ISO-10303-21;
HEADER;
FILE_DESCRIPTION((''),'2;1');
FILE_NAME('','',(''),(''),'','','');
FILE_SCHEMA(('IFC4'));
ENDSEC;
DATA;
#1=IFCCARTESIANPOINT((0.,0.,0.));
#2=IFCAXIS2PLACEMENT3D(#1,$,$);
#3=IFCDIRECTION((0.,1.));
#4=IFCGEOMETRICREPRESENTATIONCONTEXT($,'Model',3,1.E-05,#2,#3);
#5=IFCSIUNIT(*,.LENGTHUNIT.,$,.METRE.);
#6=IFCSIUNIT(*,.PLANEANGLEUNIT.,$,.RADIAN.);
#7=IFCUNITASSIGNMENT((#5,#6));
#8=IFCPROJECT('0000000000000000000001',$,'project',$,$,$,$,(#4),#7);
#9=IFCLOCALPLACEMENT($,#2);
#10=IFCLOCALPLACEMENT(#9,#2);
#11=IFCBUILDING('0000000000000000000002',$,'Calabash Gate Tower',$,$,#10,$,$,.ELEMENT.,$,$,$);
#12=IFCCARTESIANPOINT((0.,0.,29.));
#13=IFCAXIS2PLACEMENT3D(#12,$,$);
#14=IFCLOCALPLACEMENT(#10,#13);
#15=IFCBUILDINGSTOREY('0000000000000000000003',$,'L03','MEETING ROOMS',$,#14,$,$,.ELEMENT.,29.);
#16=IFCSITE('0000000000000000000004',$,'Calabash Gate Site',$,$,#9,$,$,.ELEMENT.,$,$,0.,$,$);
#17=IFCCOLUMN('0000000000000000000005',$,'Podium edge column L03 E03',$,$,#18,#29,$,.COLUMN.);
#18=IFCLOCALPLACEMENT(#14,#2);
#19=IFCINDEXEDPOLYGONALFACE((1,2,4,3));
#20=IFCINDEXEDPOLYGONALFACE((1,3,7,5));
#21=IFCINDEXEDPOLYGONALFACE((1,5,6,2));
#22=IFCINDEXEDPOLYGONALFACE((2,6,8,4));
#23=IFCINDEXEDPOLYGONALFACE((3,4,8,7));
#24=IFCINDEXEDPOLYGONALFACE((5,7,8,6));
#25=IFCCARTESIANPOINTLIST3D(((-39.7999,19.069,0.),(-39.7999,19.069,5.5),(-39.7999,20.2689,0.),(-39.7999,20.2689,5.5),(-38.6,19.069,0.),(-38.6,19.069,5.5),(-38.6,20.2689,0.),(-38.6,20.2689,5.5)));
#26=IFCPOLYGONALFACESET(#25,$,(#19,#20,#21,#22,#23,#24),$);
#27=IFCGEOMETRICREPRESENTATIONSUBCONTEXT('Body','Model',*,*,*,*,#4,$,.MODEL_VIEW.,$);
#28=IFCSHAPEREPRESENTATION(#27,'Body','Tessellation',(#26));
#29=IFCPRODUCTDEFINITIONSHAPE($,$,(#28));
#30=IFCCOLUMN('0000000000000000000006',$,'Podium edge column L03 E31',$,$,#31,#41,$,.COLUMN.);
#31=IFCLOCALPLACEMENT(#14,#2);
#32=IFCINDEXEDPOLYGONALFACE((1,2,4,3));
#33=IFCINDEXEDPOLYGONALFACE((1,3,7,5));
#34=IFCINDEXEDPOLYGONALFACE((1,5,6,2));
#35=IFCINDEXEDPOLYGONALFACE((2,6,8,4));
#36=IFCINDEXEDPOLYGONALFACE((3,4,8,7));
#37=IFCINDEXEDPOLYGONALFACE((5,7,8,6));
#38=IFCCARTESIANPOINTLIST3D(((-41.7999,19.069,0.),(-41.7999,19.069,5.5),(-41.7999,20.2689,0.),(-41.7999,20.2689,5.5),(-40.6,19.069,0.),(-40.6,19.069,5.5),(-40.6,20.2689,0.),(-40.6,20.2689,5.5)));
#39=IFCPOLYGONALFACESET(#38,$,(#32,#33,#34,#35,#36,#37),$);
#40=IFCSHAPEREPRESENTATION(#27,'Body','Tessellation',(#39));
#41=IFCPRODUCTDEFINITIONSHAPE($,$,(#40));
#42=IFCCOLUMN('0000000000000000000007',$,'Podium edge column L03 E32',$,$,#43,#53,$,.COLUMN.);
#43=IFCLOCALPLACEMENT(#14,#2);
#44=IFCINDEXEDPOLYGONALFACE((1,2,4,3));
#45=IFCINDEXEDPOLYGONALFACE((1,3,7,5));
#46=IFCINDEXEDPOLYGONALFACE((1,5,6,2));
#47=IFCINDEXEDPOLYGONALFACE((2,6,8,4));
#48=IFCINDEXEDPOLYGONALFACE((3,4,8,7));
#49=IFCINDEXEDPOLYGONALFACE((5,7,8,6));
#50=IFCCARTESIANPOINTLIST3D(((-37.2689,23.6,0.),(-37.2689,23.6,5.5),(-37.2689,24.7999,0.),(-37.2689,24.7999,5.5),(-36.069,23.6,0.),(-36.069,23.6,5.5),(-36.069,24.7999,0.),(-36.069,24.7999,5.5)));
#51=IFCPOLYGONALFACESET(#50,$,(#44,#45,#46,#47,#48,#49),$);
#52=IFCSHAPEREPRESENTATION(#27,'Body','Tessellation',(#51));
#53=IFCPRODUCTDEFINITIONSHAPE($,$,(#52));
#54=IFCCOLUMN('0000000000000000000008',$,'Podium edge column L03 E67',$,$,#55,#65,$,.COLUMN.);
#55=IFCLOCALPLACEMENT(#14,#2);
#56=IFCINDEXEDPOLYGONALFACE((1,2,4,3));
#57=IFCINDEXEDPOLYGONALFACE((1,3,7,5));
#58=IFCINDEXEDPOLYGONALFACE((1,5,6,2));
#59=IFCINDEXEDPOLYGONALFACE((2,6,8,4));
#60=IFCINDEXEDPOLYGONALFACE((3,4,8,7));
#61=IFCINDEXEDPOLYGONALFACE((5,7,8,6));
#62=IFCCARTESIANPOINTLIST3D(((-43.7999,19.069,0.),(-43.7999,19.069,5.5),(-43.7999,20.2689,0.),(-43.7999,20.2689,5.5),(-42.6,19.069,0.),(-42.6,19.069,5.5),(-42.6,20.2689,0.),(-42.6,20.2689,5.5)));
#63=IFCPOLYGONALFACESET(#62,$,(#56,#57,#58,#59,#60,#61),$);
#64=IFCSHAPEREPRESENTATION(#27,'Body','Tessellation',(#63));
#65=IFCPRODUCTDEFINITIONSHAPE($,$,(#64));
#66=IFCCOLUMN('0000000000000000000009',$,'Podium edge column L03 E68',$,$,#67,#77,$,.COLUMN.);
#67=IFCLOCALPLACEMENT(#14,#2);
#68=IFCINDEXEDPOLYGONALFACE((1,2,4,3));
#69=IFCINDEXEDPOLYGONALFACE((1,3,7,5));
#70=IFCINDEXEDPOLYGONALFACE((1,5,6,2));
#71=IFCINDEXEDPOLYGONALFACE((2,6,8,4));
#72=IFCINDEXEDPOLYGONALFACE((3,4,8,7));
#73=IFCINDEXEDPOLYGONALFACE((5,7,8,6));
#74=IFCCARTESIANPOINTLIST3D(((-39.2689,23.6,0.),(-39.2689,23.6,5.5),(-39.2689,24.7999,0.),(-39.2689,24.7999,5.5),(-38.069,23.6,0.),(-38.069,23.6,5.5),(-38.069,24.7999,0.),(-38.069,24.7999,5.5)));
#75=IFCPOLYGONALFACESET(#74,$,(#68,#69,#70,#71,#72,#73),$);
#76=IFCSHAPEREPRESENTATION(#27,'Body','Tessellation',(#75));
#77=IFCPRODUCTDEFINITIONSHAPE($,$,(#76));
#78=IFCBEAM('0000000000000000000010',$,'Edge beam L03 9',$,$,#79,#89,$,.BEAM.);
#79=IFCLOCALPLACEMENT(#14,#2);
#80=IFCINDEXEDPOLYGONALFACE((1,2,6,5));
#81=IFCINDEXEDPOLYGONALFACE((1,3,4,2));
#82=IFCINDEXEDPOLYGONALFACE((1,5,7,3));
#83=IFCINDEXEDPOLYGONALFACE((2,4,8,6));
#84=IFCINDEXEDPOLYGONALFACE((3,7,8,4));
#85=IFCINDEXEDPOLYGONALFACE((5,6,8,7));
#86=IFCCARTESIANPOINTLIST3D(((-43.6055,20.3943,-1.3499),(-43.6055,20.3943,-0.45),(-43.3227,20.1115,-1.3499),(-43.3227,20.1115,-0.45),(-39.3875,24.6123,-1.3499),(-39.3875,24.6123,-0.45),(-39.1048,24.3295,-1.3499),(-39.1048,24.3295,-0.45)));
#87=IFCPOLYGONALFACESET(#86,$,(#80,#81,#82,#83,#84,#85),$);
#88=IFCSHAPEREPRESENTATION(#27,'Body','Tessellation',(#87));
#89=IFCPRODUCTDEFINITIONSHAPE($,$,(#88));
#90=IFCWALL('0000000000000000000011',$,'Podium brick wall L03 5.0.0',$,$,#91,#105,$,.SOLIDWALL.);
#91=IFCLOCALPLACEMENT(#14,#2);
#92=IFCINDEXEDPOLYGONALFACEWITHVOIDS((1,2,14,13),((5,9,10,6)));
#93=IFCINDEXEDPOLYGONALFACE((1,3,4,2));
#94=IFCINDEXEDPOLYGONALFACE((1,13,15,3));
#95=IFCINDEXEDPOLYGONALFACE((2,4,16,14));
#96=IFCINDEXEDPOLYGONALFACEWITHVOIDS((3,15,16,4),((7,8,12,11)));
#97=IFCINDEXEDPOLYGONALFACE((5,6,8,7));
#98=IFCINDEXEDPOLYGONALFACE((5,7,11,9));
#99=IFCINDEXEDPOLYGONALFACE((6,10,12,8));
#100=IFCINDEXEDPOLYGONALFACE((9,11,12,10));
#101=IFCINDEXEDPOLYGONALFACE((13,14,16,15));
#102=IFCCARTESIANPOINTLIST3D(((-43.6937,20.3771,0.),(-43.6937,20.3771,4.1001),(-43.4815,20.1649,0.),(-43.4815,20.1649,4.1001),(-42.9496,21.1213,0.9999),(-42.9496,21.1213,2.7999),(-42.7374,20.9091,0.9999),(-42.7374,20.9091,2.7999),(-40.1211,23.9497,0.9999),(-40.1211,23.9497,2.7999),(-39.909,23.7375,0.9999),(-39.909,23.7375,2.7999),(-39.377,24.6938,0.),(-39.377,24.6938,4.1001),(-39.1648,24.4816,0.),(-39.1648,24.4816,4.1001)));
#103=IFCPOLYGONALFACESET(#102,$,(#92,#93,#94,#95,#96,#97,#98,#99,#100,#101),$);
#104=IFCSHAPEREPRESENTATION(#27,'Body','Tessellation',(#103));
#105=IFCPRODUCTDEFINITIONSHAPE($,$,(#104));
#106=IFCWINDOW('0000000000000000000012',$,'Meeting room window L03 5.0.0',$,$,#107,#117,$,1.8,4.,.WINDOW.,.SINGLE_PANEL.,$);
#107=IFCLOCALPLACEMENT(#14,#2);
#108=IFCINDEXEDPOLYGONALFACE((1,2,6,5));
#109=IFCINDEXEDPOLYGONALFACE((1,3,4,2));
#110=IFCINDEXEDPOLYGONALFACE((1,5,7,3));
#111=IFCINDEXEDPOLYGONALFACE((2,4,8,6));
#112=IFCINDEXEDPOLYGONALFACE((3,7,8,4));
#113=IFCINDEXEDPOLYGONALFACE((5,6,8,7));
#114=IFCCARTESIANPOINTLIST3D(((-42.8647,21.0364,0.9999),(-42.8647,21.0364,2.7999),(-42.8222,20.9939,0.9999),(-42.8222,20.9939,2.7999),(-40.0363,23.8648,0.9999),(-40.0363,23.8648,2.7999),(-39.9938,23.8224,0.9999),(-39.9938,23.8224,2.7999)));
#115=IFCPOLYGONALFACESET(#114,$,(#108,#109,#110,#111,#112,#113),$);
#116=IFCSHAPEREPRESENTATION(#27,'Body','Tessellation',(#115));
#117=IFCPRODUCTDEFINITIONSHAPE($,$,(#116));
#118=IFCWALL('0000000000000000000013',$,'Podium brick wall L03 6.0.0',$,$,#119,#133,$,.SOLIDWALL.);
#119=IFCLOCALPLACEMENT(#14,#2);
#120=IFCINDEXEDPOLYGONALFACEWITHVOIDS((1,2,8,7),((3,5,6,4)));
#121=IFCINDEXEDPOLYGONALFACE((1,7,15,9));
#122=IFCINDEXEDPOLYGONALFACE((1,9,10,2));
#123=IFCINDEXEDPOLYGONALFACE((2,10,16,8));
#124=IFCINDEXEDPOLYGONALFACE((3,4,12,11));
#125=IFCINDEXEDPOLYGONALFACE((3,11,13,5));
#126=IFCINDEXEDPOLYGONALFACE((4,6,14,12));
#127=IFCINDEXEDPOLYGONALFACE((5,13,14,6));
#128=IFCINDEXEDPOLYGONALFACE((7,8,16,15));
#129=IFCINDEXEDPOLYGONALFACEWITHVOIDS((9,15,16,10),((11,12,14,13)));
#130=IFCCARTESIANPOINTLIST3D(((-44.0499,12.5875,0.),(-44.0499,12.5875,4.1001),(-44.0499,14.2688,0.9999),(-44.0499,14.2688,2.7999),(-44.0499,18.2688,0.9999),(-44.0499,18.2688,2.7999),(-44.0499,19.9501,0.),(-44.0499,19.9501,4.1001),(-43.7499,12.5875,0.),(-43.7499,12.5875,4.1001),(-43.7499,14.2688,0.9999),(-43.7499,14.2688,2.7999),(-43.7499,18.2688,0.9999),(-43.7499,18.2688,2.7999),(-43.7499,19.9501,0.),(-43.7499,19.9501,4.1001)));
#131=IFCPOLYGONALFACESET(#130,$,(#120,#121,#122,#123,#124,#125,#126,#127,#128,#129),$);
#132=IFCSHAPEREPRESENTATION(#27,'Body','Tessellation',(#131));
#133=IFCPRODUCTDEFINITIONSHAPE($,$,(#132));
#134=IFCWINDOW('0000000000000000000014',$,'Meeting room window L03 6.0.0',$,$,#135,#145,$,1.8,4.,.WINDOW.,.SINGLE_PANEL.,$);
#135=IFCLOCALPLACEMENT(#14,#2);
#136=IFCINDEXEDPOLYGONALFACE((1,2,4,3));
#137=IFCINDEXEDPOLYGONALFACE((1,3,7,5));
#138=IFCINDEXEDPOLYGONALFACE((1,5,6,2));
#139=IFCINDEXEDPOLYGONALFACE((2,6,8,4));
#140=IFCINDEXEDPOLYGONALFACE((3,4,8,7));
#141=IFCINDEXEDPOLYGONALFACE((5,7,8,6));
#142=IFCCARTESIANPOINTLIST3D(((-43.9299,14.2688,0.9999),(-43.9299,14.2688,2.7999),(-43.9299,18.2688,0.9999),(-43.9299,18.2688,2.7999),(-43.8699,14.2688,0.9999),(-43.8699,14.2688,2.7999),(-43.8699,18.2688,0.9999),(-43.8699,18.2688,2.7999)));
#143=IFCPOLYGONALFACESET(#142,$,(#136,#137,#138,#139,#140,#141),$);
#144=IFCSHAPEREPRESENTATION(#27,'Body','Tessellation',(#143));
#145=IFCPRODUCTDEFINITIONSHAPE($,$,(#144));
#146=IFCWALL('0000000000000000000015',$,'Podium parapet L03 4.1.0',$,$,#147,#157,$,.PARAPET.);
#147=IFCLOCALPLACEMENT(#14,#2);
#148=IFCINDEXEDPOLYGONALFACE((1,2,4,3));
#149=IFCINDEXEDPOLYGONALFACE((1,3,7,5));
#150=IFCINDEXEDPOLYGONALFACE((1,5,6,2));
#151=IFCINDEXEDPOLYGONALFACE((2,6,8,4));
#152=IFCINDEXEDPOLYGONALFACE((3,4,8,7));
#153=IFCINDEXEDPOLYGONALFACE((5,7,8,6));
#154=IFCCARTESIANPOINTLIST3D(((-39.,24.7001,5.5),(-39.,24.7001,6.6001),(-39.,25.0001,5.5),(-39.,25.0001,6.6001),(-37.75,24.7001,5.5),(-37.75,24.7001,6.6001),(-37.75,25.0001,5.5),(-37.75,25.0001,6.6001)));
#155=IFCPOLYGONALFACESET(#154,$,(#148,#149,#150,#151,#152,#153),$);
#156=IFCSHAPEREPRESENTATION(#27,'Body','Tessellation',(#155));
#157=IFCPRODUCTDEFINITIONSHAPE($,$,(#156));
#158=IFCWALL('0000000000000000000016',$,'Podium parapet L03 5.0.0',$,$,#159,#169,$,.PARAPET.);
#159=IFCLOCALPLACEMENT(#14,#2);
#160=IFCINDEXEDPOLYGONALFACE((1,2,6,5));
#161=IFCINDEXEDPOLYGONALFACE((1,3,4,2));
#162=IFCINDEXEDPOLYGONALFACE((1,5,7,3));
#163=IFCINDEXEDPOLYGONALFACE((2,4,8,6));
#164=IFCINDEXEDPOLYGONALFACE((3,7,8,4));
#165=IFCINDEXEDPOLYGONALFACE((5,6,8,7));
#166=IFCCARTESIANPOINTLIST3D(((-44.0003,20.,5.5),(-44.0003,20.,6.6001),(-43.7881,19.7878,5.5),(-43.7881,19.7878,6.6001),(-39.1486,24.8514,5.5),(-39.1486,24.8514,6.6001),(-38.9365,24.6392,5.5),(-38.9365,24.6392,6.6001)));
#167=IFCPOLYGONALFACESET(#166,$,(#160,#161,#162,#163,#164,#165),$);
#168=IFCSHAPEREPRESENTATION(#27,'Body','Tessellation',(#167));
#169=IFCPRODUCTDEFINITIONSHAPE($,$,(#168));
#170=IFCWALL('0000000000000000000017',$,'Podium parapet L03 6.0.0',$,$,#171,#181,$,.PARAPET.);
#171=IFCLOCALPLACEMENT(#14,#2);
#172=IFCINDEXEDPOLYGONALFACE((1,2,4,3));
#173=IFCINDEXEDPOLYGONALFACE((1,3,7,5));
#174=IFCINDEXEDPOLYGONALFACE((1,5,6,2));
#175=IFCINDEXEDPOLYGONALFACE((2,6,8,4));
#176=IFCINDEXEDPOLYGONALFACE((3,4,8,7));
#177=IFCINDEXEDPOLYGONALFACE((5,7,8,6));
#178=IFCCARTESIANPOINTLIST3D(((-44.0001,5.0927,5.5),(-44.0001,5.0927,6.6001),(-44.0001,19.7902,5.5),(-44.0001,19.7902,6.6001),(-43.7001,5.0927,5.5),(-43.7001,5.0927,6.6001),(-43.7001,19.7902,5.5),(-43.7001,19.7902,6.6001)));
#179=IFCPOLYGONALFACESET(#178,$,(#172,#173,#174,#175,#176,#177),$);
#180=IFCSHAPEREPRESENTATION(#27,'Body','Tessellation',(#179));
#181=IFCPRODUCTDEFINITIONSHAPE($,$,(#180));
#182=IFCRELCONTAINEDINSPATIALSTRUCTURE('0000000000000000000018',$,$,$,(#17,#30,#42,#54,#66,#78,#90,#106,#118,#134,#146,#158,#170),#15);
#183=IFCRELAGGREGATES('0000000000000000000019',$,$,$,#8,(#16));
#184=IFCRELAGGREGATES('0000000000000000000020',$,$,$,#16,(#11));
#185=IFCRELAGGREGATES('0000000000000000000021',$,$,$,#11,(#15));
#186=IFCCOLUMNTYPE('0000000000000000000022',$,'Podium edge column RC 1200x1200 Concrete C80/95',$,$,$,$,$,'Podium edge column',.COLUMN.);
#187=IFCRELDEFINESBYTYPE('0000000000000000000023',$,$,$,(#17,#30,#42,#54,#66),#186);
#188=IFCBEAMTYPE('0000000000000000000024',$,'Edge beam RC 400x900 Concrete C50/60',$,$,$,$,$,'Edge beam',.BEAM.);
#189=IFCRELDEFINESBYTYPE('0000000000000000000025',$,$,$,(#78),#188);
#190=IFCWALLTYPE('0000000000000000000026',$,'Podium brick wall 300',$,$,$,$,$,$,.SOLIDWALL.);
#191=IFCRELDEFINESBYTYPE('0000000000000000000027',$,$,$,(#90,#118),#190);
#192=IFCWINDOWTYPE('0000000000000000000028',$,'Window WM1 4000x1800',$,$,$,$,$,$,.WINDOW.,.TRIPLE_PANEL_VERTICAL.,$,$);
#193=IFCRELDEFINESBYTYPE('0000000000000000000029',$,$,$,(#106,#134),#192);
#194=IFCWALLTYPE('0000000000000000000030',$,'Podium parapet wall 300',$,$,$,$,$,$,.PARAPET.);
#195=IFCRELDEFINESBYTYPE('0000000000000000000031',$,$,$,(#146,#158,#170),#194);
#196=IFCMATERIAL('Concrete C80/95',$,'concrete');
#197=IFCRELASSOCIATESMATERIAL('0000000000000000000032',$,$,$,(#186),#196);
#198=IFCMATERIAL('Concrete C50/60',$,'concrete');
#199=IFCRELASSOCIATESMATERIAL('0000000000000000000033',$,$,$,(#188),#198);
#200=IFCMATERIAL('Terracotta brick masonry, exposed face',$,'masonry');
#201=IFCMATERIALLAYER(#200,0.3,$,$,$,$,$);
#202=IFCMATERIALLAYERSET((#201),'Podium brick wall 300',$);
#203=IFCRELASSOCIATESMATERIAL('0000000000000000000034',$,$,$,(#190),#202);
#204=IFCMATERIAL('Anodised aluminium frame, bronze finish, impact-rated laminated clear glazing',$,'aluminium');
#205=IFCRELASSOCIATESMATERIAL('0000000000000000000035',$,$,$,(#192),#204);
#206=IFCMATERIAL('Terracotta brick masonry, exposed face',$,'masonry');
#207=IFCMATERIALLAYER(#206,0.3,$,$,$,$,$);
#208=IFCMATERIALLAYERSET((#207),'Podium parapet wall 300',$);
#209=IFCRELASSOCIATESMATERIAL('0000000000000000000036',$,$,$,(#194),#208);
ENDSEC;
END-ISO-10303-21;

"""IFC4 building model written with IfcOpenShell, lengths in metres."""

from ifc_helpers import new_model, si_unit, direction, frame, frame_2d, origin, origin_2d, place, context, subcontext, project, spatial, rectangle, extrude, material, layer, layer_set, material_profile, profile_set, type_object, element, fill, save


model = new_model("IFC4")

# Units and contexts
model_context = context("Model", 3, precision=1e-05, world=origin(), true_north=direction((0.0, 1.0)))
body_context = subcontext(model_context, "Body", "Model", "MODEL_VIEW")
ifc_project = project(units=[si_unit("LENGTHUNIT", "METRE"), si_unit("PLANEANGLEUNIT", "RADIAN")], contexts=[model_context])

# Site, building, storey
site_placement = place(None, origin())
site = spatial("IfcSite", under=ifc_project, at=site_placement, Name="Calabash Gate Site", CompositionType="ELEMENT", RefElevation=0.0)
building_placement = place(site_placement, origin())
building = spatial("IfcBuilding", under=site, at=building_placement, Name="Calabash Gate Tower", CompositionType="ELEMENT")
storey_placement = place(building_placement, frame((0.0, 0.0, 29.0)))
storey = spatial("IfcBuildingStorey", under=building, at=storey_placement, Name="L03", Description="MEETING ROOMS", CompositionType="ELEMENT", Elevation=29.0)

# Columns
ifc_material_1 = material(Name="Concrete C80/95", Category="concrete")
ifc_material_profile_1 = material_profile(ifc_material_1, rectangle(XDim=1.2, YDim=1.2, at=origin_2d()))
ifc_profile_set_1 = profile_set([ifc_material_profile_1], Name="Concrete C80/95")
column_type = type_object("IfcColumnType", Name="Podium edge column RC 1200x1200 Concrete C80/95", ElementType="Podium edge column", PredefinedType="COLUMN", material=ifc_profile_set_1)
for number, where, z_axis, x_axis, name in (
    (1, (-39.2, 19.6689, 0.0), (0.0, 0.0, 1.0), (1.0, 0.0, 0.0), "Podium edge column L03 E03"),
    (2, (-41.2, 19.6689, 0.0), (0.0, 0.0, 1.0), (1.0, 0.0, 0.0), "Podium edge column L03 E31"),
    (3, (-36.6689, 24.2, 0.0), (0.0, 0.0, 1.0), (1.0, 0.0, 0.0), "Podium edge column L03 E32"),
    (4, (-43.2, 19.6689, 0.0), (0.0, 0.0, 1.0), (1.0, 0.0, 0.0), "Podium edge column L03 E67"),
    (5, (-38.6689, 24.2, 0.0), (0.0, 0.0, 1.0), (1.0, 0.0, 0.0), "Podium edge column L03 E68"),
):
    element("IfcColumn", number, at=place(storey_placement, frame(where, z_axis=z_axis, x_axis=x_axis)), inside=storey, type_object=column_type, Name=name, PredefinedType="COLUMN", context=body_context, shape_type="SweptSolid", body=[
        extrude(rectangle(XDim=1.2, YDim=1.2, at=origin_2d()), origin(), (0.0, 0.0, 1.0), 5.5),
    ])

# Beam
ifc_material_2 = material(Name="Concrete C50/60", Category="concrete")
ifc_material_profile_2 = material_profile(ifc_material_2, rectangle(XDim=0.3999, YDim=0.8999, at=origin_2d()))
ifc_profile_set_2 = profile_set([ifc_material_profile_2], Name="Concrete C50/60")
beam_type = type_object("IfcBeamType", Name="Edge beam RC 400x900 Concrete C50/60", ElementType="Edge beam", PredefinedType="BEAM", material=ifc_profile_set_2)
beam_placement = place(storey_placement, frame((-43.4641, 20.2529, -0.8999), z_axis=(0.707107, 0.707107, 0.0), x_axis=(-0.707107, 0.707107, 0.0)))
element("IfcBeam", 6, at=beam_placement, inside=storey, type_object=beam_type, Name="Edge beam L03 9", PredefinedType="BEAM", context=body_context, shape_type="SweptSolid", body=[
    extrude(rectangle(XDim=0.3999, YDim=0.8999, at=origin_2d()), origin(), (0.0, 0.0, 1.0), 5.9651),
])

# Walls, openings, windows
ifc_material_3 = material(Name="Terracotta brick masonry, exposed face", Category="masonry")
ifc_layer_1 = layer(ifc_material_3, 0.3)
ifc_layer_set_1 = layer_set([ifc_layer_1], Name="Podium brick wall 300")
wall_type_1 = type_object("IfcWallType", Name="Podium brick wall 300", PredefinedType="SOLIDWALL", material=ifc_layer_set_1)
wall_1_placement = place(storey_placement, frame((-39.271, 24.5876, 0.0), z_axis=(0.0, 0.0, 1.0), x_axis=(-0.707107, -0.707107, 0.0)))
wall_1 = element("IfcWall", 7, at=wall_1_placement, inside=storey, type_object=wall_type_1, Name="Podium brick wall L03 5.0.0", PredefinedType="SOLIDWALL", context=body_context, shape_type="SweptSolid", body=[
    extrude(rectangle(XDim=6.1047, YDim=0.3, at=frame_2d((3.0522, 0.0))), origin(), (0.0, 0.0, 1.0), 4.1001),
])
opening_1_placement = place(wall_1_placement, frame((1.0522, 0.0, 1.0)))
opening_1 = element("IfcOpeningElement", 8, at=opening_1_placement, cuts=wall_1, PredefinedType="OPENING", context=body_context, shape_type="SweptSolid", body=[
    extrude(rectangle(XDim=4.0, YDim=1.8, at=frame_2d((2.0, 0.8999))), frame((0.0, 0.1599, 0.0), z_axis=(0.0, -1.0, 0.0), x_axis=(1.0, 0.0, 0.0)), (0.0, 0.0, 1.0), 0.3201),
])
ifc_material_4 = material(Name="Anodised aluminium frame, bronze finish, impact-rated laminated clear glazing", Category="aluminium")
window_type = type_object("IfcWindowType", Name="Window WM1 4000x1800", PartitioningType="TRIPLE_PANEL_VERTICAL", PredefinedType="WINDOW", material=ifc_material_4)
window_1_placement = place(opening_1_placement, origin())
window_1 = element("IfcWindow", 9, at=window_1_placement, inside=storey, type_object=window_type, Name="Meeting room window L03 5.0.0", OverallHeight=1.8, OverallWidth=4.0, PartitioningType="SINGLE_PANEL", PredefinedType="WINDOW", context=body_context, shape_type="SweptSolid", body=[
    extrude(rectangle(XDim=4.0, YDim=1.8, at=frame_2d((2.0, 0.8999))), frame((0.0, 0.03, 0.0), z_axis=(0.0, -1.0, 0.0), x_axis=(1.0, 0.0, 0.0)), (0.0, 0.0, 1.0), 0.0601),
])
fill(opening_1, window_1)
wall_2_placement = place(storey_placement, frame((-43.8999, 19.95, 0.0), z_axis=(0.0, 0.0, 1.0), x_axis=(0.0, -1.0, 0.0)))
wall_2 = element("IfcWall", 10, at=wall_2_placement, inside=storey, type_object=wall_type_1, Name="Podium brick wall L03 6.0.0", PredefinedType="SOLIDWALL", context=body_context, shape_type="SweptSolid", body=[
    extrude(rectangle(XDim=7.3625, YDim=0.3, at=frame_2d((3.6812, 0.0))), origin(), (0.0, 0.0, 1.0), 4.1001),
])
opening_2_placement = place(wall_2_placement, frame((1.6812, 0.0, 1.0)))
opening_2 = element("IfcOpeningElement", 11, at=opening_2_placement, cuts=wall_2, PredefinedType="OPENING", context=body_context, shape_type="SweptSolid", body=[
    extrude(rectangle(XDim=4.0, YDim=1.8, at=frame_2d((2.0, 0.8999))), frame((0.0, 0.1599, 0.0), z_axis=(0.0, -1.0, 0.0), x_axis=(1.0, 0.0, 0.0)), (0.0, 0.0, 1.0), 0.3201),
])
window_2_placement = place(opening_2_placement, origin())
window_2 = element("IfcWindow", 12, at=window_2_placement, inside=storey, type_object=window_type, Name="Meeting room window L03 6.0.0", OverallHeight=1.8, OverallWidth=4.0, PartitioningType="SINGLE_PANEL", PredefinedType="WINDOW", context=body_context, shape_type="SweptSolid", body=[
    extrude(rectangle(XDim=4.0, YDim=1.8, at=frame_2d((2.0, 0.8999))), frame((0.0, 0.03, 0.0), z_axis=(0.0, -1.0, 0.0), x_axis=(1.0, 0.0, 0.0)), (0.0, 0.0, 1.0), 0.0601),
])
fill(opening_2, window_2)

# Walls
ifc_material_5 = material(Name="Terracotta brick masonry, exposed face", Category="masonry")
ifc_layer_2 = layer(ifc_material_5, 0.3)
ifc_layer_set_2 = layer_set([ifc_layer_2], Name="Podium parapet wall 300")
wall_type_2 = type_object("IfcWallType", Name="Podium parapet wall 300", PredefinedType="PARAPET", material=ifc_layer_set_2)
wall_3_placement = place(storey_placement, frame((-37.75, 24.8501, 5.5), z_axis=(0.0, 0.0, 1.0), x_axis=(-1.0, 0.0, 0.0)))
element("IfcWall", 13, at=wall_3_placement, inside=storey, type_object=wall_type_2, Name="Podium parapet L03 4.1.0", PredefinedType="PARAPET", context=body_context, shape_type="SweptSolid", body=[
    extrude(rectangle(XDim=1.25, YDim=0.3, at=frame_2d((0.625, 0.0))), origin(), (0.0, 0.0, 1.0), 1.1001),
])
wall_4_placement = place(storey_placement, frame((-39.0425, 24.7454, 5.5), z_axis=(0.0, 0.0, 1.0), x_axis=(-0.707125, -0.707089, 0.0)))
element("IfcWall", 14, at=wall_4_placement, inside=storey, type_object=wall_type_2, Name="Podium parapet L03 5.0.0", PredefinedType="PARAPET", context=body_context, shape_type="SweptSolid", body=[
    extrude(rectangle(XDim=6.8611, YDim=0.3, at=frame_2d((3.4307, 0.0))), origin(), (0.0, 0.0, 1.0), 1.1001),
])
wall_5_placement = place(storey_placement, frame((-43.8501, 19.79, 5.5), z_axis=(0.0, 0.0, 1.0), x_axis=(0.0, -1.0, 0.0)))
element("IfcWall", 15, at=wall_5_placement, inside=storey, type_object=wall_type_2, Name="Podium parapet L03 6.0.0", PredefinedType="PARAPET", context=body_context, shape_type="SweptSolid", body=[
    extrude(rectangle(XDim=14.6975, YDim=0.3, at=frame_2d((7.3486, 0.0))), origin(), (0.0, 0.0, 1.0), 1.1001),
])

save(model, "model.ifc")
